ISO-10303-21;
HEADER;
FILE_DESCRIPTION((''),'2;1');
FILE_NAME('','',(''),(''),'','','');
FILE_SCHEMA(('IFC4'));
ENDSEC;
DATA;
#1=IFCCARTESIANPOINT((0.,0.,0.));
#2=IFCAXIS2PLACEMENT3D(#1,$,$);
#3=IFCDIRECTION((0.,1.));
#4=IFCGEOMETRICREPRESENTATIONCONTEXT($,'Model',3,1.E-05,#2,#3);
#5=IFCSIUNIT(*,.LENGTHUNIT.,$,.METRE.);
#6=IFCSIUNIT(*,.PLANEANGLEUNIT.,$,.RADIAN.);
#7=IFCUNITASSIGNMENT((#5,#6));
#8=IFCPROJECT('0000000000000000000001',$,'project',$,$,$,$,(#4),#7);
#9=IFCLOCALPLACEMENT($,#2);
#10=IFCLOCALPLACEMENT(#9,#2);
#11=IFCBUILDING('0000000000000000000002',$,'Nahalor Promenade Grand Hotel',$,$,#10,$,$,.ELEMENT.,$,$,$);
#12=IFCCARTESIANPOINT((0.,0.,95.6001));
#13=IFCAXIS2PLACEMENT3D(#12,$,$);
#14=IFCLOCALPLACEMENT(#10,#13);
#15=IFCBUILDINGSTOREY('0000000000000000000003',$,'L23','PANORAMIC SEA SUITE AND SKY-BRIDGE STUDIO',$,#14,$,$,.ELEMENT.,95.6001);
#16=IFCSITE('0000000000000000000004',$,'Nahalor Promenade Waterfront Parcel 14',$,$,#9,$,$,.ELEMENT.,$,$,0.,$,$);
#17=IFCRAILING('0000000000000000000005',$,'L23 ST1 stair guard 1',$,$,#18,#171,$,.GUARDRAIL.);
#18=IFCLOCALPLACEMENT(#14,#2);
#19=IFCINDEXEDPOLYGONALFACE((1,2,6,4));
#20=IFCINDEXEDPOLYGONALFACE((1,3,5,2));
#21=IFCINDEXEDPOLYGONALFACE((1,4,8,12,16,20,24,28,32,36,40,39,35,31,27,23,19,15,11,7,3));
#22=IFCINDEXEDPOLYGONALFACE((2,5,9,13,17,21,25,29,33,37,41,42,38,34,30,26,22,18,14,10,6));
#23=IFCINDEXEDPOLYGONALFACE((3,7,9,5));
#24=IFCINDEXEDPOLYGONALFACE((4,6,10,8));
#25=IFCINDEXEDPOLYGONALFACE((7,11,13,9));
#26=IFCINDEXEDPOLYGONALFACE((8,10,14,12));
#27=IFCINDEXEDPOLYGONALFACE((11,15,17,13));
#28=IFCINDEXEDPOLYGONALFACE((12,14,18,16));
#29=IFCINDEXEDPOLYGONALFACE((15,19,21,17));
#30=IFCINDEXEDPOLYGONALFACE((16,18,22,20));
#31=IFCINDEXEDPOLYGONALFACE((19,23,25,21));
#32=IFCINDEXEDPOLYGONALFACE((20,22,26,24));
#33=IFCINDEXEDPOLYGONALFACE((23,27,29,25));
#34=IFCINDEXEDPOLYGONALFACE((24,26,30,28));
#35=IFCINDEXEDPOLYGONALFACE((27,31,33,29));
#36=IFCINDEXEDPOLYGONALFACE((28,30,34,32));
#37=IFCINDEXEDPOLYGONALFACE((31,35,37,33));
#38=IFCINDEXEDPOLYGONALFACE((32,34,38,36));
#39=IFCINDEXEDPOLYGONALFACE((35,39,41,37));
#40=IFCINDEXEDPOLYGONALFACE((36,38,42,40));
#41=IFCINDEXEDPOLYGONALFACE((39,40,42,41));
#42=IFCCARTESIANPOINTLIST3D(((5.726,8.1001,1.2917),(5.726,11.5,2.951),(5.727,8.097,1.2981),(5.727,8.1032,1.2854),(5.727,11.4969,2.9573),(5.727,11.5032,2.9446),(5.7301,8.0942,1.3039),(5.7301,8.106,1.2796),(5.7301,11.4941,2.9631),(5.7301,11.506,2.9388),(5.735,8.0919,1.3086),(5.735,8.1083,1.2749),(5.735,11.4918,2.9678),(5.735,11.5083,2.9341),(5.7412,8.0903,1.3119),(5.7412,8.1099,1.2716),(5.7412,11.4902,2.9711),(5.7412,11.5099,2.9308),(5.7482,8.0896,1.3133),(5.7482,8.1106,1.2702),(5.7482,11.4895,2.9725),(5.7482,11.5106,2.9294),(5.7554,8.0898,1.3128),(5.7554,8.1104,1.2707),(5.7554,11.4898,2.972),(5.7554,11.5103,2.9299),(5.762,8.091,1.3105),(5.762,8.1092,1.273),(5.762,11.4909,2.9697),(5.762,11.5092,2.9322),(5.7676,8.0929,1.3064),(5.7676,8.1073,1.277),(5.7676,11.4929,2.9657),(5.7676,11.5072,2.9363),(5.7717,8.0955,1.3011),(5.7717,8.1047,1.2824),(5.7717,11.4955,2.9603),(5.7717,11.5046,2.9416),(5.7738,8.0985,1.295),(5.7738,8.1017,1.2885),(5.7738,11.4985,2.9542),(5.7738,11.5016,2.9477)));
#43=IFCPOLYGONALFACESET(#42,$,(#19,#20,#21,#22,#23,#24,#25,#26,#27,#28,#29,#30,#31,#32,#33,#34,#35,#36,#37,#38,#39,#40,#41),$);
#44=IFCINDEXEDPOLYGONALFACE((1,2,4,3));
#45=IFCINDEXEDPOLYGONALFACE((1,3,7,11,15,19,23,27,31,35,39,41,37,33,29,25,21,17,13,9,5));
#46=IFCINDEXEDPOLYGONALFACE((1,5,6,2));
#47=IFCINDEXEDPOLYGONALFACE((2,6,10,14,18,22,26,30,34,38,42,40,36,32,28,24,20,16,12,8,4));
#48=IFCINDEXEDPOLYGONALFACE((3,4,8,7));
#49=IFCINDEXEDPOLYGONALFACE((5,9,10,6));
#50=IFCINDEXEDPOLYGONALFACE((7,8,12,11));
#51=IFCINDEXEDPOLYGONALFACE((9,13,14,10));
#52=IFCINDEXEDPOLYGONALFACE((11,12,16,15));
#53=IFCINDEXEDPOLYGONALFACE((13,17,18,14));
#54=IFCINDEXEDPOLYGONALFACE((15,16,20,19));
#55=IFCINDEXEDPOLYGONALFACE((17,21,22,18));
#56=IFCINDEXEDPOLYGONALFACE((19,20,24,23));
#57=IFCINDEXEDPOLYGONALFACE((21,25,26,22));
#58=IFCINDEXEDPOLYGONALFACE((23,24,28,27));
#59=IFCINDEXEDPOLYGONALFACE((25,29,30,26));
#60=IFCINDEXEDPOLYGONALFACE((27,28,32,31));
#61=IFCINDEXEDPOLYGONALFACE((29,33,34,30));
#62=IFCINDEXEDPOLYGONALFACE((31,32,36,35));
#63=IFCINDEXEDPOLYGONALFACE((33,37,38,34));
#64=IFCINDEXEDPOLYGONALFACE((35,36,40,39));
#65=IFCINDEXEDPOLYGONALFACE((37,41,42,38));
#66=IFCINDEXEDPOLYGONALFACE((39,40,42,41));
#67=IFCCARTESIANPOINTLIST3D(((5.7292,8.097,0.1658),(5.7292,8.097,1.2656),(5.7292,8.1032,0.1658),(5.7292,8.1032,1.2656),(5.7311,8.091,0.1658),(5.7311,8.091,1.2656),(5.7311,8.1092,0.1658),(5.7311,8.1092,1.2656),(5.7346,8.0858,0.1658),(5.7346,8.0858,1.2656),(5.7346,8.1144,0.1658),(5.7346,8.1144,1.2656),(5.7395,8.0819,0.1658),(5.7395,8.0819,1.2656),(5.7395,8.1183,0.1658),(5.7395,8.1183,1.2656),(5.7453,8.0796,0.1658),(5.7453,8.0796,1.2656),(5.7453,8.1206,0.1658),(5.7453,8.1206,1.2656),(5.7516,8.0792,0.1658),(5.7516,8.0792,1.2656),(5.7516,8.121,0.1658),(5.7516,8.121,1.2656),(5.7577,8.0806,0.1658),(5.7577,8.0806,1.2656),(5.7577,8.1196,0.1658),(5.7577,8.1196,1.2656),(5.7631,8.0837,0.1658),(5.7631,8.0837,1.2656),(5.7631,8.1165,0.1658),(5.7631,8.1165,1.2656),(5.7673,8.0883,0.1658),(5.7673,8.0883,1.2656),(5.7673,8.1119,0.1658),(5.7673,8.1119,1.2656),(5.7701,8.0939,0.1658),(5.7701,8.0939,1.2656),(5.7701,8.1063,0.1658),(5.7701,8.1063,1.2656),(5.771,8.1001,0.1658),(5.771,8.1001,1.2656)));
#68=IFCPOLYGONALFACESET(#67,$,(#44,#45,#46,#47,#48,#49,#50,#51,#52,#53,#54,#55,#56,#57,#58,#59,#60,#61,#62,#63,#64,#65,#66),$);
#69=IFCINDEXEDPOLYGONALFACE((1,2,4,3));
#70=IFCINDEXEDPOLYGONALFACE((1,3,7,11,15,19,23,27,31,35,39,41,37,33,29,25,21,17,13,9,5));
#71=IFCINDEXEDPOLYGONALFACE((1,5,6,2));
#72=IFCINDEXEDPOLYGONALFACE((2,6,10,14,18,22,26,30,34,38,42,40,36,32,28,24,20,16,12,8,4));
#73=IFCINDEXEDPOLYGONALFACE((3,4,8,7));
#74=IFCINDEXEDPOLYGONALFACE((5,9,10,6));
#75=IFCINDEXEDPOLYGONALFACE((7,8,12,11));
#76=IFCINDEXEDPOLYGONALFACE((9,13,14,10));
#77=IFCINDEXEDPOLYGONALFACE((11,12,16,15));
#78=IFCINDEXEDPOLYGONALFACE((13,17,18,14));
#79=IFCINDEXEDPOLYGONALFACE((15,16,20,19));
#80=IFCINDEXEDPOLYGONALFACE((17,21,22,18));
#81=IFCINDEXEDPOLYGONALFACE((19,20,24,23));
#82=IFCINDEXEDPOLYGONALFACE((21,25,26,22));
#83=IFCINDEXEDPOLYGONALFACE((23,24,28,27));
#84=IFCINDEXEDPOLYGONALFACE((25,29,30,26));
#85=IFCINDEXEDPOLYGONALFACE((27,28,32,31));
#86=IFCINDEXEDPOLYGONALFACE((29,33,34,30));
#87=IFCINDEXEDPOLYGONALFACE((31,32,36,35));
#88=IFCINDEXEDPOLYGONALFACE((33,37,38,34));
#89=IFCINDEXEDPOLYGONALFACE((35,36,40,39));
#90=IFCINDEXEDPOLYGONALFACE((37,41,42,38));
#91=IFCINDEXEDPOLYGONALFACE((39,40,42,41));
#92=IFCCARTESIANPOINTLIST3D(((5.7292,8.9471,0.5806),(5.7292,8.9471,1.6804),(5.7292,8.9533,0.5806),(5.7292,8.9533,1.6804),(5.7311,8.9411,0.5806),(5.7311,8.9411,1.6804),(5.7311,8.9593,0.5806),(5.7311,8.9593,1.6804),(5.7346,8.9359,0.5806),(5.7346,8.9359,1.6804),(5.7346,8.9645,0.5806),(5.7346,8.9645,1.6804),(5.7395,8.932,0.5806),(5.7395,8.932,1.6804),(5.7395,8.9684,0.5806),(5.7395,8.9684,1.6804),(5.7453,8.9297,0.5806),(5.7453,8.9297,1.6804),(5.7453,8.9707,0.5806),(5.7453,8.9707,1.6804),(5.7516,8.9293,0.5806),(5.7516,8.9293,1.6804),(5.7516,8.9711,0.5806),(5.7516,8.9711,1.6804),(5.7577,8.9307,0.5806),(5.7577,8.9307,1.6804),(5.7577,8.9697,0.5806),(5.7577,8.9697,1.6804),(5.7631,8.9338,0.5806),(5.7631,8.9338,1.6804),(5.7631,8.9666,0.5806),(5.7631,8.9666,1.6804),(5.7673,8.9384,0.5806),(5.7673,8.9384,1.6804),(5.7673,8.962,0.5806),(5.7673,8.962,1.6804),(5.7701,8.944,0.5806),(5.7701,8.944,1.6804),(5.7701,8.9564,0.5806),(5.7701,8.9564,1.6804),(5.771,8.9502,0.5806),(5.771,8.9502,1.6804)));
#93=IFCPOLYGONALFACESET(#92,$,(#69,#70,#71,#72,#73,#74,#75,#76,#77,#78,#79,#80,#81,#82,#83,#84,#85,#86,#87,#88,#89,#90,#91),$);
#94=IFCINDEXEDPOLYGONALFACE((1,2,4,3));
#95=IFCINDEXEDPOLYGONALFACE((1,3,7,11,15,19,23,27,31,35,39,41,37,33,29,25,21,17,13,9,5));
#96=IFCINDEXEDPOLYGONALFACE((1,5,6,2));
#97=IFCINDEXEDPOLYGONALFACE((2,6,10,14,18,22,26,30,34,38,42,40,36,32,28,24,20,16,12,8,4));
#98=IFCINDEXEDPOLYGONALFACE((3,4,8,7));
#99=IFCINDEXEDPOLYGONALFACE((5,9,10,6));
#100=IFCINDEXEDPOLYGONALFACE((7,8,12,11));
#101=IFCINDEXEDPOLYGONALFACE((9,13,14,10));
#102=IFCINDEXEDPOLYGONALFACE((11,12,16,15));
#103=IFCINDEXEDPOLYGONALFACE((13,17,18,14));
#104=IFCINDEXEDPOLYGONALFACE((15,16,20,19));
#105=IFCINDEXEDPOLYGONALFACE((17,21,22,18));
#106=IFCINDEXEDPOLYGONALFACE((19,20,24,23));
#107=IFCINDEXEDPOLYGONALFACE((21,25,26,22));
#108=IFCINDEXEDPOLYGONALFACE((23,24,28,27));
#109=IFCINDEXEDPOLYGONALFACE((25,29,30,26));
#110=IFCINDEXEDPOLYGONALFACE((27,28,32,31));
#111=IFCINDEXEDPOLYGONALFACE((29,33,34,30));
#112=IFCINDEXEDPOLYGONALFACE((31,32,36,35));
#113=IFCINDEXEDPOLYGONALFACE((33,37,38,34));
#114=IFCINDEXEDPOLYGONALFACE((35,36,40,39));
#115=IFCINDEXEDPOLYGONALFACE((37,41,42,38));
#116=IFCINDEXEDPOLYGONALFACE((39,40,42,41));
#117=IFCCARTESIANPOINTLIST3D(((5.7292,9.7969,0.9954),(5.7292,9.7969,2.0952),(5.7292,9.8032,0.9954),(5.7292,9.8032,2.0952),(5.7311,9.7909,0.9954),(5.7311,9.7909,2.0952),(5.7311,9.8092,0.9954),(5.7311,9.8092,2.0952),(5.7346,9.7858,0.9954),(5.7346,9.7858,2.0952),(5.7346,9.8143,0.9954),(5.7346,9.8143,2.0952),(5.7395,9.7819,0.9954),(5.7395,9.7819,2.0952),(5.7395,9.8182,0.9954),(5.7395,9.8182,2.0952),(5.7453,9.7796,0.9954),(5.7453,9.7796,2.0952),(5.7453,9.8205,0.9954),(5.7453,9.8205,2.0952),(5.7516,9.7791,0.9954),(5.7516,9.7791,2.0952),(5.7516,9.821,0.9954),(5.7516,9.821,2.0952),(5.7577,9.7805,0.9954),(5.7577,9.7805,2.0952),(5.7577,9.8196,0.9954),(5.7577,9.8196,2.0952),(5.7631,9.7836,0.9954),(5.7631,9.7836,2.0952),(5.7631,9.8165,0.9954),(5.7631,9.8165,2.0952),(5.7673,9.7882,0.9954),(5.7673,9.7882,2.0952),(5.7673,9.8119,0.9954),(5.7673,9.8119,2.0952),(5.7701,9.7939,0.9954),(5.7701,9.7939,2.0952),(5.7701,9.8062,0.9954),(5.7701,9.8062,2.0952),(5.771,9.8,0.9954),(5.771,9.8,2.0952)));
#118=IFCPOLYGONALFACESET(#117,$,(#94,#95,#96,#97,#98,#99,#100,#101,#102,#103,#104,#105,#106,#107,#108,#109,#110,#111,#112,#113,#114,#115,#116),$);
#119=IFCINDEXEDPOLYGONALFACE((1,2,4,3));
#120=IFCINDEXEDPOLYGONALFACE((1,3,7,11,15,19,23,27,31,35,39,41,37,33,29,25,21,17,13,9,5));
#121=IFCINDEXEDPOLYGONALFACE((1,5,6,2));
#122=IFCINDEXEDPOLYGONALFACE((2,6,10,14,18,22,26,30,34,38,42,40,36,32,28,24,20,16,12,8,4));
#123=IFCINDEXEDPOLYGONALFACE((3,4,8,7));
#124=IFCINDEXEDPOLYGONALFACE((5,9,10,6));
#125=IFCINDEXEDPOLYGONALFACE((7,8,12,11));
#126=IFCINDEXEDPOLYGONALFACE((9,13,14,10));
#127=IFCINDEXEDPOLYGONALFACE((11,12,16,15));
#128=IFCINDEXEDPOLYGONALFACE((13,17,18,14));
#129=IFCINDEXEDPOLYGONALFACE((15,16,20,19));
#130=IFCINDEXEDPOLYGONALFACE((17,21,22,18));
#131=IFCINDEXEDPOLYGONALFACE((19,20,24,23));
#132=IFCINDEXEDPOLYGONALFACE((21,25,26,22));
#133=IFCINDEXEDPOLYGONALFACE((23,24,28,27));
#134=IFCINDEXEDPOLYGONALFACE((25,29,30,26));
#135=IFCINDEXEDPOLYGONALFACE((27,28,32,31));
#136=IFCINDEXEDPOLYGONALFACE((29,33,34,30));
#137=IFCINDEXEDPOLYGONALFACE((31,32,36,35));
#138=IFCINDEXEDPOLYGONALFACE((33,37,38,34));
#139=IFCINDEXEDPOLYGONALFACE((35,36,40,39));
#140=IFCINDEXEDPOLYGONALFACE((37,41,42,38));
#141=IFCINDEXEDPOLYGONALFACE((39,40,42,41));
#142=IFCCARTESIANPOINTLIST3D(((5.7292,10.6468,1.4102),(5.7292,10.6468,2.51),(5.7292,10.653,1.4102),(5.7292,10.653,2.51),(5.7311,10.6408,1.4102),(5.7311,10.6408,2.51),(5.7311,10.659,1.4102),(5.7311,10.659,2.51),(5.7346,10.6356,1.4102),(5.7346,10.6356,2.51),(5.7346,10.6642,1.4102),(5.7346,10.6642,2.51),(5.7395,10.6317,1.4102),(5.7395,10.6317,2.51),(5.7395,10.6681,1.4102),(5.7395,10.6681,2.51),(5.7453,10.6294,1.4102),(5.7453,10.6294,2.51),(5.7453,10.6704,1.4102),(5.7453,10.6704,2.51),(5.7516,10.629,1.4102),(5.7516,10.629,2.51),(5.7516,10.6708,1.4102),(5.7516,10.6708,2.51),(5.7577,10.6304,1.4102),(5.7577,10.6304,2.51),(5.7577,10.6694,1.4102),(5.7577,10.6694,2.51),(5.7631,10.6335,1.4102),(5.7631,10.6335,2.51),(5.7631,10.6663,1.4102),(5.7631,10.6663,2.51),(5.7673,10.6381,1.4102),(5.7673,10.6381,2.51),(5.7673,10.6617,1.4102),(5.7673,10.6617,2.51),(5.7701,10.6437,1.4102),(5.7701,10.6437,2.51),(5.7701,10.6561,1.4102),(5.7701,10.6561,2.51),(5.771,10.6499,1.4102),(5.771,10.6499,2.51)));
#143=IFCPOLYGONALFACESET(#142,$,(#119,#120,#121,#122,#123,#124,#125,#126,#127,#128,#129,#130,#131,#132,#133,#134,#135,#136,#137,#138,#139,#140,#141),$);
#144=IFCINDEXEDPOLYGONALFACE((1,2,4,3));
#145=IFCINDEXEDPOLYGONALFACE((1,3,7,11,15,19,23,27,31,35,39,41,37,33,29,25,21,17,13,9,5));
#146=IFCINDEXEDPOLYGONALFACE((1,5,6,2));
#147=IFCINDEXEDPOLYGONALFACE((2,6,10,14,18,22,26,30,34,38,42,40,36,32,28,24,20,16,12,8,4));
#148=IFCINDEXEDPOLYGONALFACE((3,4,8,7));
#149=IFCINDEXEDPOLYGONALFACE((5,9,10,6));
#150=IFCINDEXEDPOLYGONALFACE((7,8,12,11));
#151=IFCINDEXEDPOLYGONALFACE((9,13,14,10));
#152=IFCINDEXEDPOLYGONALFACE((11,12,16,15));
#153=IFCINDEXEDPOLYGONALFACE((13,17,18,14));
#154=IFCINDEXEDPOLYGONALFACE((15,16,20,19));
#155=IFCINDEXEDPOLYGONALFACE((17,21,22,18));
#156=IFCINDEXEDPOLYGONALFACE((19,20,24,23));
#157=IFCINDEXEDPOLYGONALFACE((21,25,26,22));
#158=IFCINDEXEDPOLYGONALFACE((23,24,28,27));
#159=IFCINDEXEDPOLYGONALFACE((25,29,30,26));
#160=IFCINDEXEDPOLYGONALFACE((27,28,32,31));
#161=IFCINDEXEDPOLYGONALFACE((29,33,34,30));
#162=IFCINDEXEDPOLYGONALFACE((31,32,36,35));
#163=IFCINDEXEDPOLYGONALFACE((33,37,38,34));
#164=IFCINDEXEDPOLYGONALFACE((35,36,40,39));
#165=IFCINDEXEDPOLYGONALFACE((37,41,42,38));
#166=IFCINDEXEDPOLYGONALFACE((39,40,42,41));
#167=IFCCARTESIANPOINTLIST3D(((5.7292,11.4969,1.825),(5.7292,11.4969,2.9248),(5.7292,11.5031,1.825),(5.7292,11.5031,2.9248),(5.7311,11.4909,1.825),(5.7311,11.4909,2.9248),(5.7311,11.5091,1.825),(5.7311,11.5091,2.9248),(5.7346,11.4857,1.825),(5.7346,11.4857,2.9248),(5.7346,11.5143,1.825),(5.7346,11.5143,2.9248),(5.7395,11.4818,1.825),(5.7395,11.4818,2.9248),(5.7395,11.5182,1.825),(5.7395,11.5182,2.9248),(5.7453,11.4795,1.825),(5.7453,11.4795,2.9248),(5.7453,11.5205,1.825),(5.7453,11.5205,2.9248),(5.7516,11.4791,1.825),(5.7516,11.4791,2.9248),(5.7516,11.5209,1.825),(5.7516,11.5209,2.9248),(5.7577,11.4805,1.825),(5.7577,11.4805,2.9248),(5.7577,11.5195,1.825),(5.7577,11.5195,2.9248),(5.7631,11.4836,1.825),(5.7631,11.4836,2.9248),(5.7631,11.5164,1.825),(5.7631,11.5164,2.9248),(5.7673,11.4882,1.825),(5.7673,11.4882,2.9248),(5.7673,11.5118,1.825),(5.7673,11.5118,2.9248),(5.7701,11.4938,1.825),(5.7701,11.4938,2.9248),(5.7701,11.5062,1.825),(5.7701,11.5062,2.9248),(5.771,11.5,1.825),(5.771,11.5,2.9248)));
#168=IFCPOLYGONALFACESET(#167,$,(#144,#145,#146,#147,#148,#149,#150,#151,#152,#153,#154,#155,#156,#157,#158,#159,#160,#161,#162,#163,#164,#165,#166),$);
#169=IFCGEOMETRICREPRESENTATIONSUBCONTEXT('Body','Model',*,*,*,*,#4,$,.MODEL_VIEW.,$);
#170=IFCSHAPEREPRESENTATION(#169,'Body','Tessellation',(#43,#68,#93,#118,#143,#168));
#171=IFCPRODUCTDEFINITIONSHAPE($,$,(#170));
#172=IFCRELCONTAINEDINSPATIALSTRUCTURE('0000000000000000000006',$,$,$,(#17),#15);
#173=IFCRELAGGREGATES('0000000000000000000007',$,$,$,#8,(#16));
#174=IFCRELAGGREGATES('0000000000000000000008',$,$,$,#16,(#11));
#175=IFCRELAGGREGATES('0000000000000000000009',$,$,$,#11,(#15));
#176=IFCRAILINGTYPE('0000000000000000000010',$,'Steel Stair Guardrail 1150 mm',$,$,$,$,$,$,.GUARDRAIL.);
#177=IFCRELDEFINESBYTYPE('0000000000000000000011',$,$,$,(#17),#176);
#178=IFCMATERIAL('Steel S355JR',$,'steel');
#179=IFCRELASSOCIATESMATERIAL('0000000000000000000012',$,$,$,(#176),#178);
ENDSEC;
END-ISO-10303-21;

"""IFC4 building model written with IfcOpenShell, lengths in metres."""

from ifc_helpers import new_model, si_unit, direction, frame, origin, origin_2d, place, context, subcontext, project, spatial, circle, extrude, material, type_object, element, save


model = new_model("IFC4")

# Units and contexts
model_context = context("Model", 3, precision=1e-05, world=origin(), true_north=direction((0.0, 1.0)))
body_context = subcontext(model_context, "Body", "Model", "MODEL_VIEW")
ifc_project = project(units=[si_unit("LENGTHUNIT", "METRE"), si_unit("PLANEANGLEUNIT", "RADIAN")], contexts=[model_context])

# Site, building, storey
site_placement = place(None, origin())
site = spatial("IfcSite", under=ifc_project, at=site_placement, Name="Nahalor Promenade Waterfront Parcel 14", CompositionType="ELEMENT", RefElevation=0.0)
building_placement = place(site_placement, origin())
building = spatial("IfcBuilding", under=site, at=building_placement, Name="Nahalor Promenade Grand Hotel", CompositionType="ELEMENT")
storey_placement = place(building_placement, frame((0.0, 0.0, 95.6001)))
storey = spatial("IfcBuildingStorey", under=building, at=storey_placement, Name="L23", Description="PANORAMIC SEA SUITE AND SKY-BRIDGE STUDIO", CompositionType="ELEMENT", Elevation=95.6001)

# Shared definitions
ifc_material_1 = material(Name="Steel S355JR", Category="steel")

# Railing
railing_type_1 = type_object("IfcRailingType", Name="Steel Stair Guardrail 1150 mm", PredefinedType="GUARDRAIL", material=ifc_material_1)
railing_1_placement = place(storey_placement, frame((5.75, 8.1001, 0.1658)))
element("IfcRailing", 1, at=railing_1_placement, inside=storey, type_object=railing_type_1, Name="L23 ST1 stair guard 1", PredefinedType="GUARDRAIL", context=body_context, shape_type="SweptSolid", body=[
    extrude(circle(Radius=0.024, at=origin_2d()), frame((0.0, 0.0, 1.126), z_axis=(0.0, 0.898696, 0.438571), x_axis=(-1.0, 0.0, 0.0)), (0.0, 0.0, 1.0), 3.7832),
    extrude(circle(Radius=0.021, at=origin_2d()), origin(), (0.0, 0.0, 1.0), 1.0999),
    extrude(circle(Radius=0.021, at=origin_2d()), frame((0.0, 0.8501, 0.4148)), (0.0, 0.0, 1.0), 1.0999),
    extrude(circle(Radius=0.021, at=origin_2d()), frame((0.0, 1.7, 0.8296)), (0.0, 0.0, 1.0), 1.0999),
    extrude(circle(Radius=0.021, at=origin_2d()), frame((0.0, 2.5498, 1.2444)), (0.0, 0.0, 1.0), 1.0999),
    extrude(circle(Radius=0.021, at=origin_2d()), frame((0.0, 3.3999, 1.6592)), (0.0, 0.0, 1.0), 1.0999),
])

save(model, "model.ifc")
